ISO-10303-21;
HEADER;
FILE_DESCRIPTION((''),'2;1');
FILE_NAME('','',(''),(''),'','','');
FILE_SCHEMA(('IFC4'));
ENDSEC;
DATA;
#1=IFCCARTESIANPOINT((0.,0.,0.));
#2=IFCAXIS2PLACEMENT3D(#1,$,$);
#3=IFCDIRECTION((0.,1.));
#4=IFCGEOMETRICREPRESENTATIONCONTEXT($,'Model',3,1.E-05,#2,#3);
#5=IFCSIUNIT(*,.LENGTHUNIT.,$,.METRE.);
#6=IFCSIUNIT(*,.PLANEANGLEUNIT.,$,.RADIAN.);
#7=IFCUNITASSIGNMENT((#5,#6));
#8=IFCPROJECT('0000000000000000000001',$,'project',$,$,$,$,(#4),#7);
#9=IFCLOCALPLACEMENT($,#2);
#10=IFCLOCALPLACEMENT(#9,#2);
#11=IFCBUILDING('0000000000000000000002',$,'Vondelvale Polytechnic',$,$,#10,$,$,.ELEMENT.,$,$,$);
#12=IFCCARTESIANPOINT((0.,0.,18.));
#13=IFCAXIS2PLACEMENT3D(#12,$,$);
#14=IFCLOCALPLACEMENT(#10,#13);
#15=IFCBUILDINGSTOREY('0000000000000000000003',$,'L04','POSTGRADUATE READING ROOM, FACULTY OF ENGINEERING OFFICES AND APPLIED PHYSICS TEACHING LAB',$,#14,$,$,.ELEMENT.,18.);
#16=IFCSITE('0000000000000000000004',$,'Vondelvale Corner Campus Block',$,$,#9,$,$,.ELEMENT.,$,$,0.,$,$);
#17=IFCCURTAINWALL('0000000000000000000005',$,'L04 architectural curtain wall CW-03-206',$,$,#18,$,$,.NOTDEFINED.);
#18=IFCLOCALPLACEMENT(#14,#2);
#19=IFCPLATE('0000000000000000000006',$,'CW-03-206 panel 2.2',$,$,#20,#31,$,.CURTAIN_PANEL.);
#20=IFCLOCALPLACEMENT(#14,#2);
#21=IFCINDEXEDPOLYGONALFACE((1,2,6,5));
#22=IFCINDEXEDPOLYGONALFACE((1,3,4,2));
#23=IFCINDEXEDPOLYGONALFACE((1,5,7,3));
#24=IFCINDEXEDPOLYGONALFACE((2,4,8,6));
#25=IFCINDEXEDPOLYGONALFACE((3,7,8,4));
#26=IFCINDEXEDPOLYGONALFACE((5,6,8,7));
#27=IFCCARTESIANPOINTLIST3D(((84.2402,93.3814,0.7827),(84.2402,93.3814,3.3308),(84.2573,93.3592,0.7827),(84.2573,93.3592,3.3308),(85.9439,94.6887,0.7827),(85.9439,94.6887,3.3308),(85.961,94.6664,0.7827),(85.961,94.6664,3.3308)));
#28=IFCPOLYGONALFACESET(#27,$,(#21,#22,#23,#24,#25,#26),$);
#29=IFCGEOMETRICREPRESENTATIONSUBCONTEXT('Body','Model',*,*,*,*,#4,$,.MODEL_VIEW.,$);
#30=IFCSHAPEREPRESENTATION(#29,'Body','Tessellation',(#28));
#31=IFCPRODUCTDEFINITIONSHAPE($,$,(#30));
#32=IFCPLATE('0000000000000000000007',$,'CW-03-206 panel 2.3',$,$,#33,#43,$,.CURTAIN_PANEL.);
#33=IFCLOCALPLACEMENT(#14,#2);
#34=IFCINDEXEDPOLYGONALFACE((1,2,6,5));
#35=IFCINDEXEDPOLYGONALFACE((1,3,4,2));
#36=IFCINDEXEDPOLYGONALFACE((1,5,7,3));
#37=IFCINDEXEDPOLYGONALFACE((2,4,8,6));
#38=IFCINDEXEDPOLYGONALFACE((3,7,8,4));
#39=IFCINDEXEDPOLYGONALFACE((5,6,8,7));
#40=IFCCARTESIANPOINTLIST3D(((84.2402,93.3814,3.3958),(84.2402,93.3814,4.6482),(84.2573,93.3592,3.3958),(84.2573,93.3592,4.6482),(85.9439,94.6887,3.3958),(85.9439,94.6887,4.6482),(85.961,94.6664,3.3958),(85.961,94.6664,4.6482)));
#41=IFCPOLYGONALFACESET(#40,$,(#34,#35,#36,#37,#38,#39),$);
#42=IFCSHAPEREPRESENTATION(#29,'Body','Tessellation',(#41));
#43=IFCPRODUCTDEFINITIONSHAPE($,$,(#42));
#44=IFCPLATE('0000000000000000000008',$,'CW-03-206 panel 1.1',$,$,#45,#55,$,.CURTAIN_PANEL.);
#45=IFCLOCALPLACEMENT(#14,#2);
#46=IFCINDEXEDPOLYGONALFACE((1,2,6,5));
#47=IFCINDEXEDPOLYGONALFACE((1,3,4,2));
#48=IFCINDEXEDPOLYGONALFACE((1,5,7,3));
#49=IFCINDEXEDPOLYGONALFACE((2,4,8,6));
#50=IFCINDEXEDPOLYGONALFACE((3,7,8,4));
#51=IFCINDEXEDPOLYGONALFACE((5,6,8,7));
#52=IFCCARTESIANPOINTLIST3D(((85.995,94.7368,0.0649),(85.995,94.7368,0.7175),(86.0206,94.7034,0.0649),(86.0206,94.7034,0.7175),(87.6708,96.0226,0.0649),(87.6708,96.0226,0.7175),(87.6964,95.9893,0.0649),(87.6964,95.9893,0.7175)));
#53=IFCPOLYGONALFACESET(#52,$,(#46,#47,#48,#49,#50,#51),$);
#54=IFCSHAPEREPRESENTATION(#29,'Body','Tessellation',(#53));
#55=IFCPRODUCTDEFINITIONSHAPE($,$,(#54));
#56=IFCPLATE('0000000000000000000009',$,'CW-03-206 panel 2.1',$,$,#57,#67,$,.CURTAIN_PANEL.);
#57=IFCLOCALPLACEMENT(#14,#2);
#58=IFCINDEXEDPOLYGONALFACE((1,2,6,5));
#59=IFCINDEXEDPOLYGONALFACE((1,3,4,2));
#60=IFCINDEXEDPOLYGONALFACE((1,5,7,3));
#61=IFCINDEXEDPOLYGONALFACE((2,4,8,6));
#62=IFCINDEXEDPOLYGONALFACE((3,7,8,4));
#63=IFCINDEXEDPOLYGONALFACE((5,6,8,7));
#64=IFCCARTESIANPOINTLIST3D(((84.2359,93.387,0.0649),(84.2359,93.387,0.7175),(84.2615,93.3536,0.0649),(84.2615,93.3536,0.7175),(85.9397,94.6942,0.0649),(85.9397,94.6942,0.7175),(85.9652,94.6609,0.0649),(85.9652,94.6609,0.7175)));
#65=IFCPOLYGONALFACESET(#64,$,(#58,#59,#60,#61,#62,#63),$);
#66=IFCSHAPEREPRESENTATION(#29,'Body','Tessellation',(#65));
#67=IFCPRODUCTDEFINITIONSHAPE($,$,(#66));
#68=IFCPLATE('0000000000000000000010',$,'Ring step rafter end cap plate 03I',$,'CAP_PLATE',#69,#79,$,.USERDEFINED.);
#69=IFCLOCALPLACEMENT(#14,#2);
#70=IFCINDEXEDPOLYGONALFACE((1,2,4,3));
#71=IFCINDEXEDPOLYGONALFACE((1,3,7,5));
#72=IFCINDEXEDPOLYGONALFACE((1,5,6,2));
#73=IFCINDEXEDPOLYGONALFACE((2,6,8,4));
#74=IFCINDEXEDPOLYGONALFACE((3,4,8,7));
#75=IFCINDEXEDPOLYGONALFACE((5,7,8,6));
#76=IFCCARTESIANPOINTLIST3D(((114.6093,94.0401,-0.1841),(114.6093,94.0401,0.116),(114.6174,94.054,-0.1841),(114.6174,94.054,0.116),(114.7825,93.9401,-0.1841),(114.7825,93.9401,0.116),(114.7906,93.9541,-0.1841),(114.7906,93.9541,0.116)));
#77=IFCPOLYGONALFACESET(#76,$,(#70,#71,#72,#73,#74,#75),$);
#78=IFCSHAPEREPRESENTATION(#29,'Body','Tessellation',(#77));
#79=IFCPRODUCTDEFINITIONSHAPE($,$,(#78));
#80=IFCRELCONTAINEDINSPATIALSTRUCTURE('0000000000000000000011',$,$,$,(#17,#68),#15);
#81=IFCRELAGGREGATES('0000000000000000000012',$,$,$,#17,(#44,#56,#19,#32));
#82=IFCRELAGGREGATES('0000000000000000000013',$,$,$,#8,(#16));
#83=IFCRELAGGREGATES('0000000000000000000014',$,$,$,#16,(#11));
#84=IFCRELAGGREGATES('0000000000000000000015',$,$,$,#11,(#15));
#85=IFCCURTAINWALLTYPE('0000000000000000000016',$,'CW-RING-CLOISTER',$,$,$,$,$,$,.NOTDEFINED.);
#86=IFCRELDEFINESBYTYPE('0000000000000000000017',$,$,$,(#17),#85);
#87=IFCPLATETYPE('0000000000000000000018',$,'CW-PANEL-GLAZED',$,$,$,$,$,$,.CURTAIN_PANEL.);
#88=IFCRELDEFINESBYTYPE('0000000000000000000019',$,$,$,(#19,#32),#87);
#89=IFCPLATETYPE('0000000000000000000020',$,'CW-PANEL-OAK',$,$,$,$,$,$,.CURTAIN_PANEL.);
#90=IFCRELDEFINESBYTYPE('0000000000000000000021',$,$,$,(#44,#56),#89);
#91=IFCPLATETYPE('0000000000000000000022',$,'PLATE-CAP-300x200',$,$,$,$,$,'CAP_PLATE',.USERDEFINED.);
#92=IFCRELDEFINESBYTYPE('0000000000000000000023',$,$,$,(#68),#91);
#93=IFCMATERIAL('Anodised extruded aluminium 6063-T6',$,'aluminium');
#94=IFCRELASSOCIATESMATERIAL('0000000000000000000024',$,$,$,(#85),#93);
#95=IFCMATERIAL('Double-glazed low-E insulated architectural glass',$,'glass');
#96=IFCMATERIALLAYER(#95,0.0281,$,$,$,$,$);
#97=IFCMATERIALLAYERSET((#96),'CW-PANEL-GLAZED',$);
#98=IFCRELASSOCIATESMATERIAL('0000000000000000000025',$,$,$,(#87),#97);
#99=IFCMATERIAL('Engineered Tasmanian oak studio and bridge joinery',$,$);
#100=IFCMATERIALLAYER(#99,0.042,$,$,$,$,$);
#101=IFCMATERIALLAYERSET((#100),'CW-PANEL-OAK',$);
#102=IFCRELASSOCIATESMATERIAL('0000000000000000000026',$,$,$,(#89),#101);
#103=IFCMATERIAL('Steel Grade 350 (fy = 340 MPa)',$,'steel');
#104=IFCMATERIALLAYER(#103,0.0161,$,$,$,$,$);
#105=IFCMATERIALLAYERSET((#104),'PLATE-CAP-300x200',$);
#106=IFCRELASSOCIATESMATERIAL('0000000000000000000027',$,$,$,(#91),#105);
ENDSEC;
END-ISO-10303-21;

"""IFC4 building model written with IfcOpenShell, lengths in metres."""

from ifc_helpers import new_model, si_unit, direction, frame, origin, origin_2d, place, context, subcontext, project, spatial, rectangle, extrude, material, layer, layer_set, type_object, element, aggregate, save


model = new_model("IFC4")

# Units and contexts
model_context = context("Model", 3, precision=1e-05, world=origin(), true_north=direction((0.0, 1.0)))
body_context = subcontext(model_context, "Body", "Model", "MODEL_VIEW")
ifc_project = project(units=[si_unit("LENGTHUNIT", "METRE"), si_unit("PLANEANGLEUNIT", "RADIAN")], contexts=[model_context])

# Site, building, storey
site_placement = place(None, origin())
site = spatial("IfcSite", under=ifc_project, at=site_placement, Name="Vondelvale Corner Campus Block", CompositionType="ELEMENT", RefElevation=0.0)
building_placement = place(site_placement, origin())
building = spatial("IfcBuilding", under=site, at=building_placement, Name="Vondelvale Polytechnic", CompositionType="ELEMENT")
storey_placement = place(building_placement, frame((0.0, 0.0, 18.0)))
storey = spatial("IfcBuildingStorey", under=building, at=storey_placement, Name="L04", Description="POSTGRADUATE READING ROOM, FACULTY OF ENGINEERING OFFICES AND APPLIED PHYSICS TEACHING LAB", CompositionType="ELEMENT", Elevation=18.0)

# Curtain wall
ifc_material_1 = material(Name="Anodised extruded aluminium 6063-T6", Category="aluminium")
curtain_wall_type = type_object("IfcCurtainWallType", Name="CW-RING-CLOISTER", PredefinedType="NOTDEFINED", material=ifc_material_1)
curtain_wall_placement = place(storey_placement, origin())
curtain_wall = element("IfcCurtainWall", 1, at=curtain_wall_placement, inside=storey, type_object=curtain_wall_type, Name="L04 architectural curtain wall CW-03-206", PredefinedType="NOTDEFINED")

# Plates
ifc_material_2 = material(Name="Double-glazed low-E insulated architectural glass", Category="glass")
ifc_layer_1 = layer(ifc_material_2, 0.0281)
ifc_layer_set_1 = layer_set([ifc_layer_1], Name="CW-PANEL-GLAZED")
plate_type_1 = type_object("IfcPlateType", Name="CW-PANEL-GLAZED", PredefinedType="CURTAIN_PANEL", material=ifc_layer_set_1)
plate_1_placement = place(storey_placement, frame((85.1006, 94.0239, 0.7827), z_axis=(0.0, 0.0, 1.0), x_axis=(-0.793364, -0.608748, 0.0)))
plate_1 = element("IfcPlate", 2, at=plate_1_placement, type_object=plate_type_1, Name="CW-03-206 panel 2.2", PredefinedType="CURTAIN_PANEL", context=body_context, shape_type="SweptSolid", body=[
    extrude(rectangle(XDim=2.1475, YDim=0.0281, at=origin_2d()), origin(), (0.0, 0.0, 1.0), 2.5481),
])
plate_2_placement = place(storey_placement, frame((85.1006, 94.0239, 3.3958), z_axis=(0.0, 0.0, 1.0), x_axis=(-0.793364, -0.608748, 0.0)))
plate_2 = element("IfcPlate", 3, at=plate_2_placement, type_object=plate_type_1, Name="CW-03-206 panel 2.3", PredefinedType="CURTAIN_PANEL", context=body_context, shape_type="SweptSolid", body=[
    extrude(rectangle(XDim=2.1475, YDim=0.0281, at=origin_2d()), origin(), (0.0, 0.0, 1.0), 1.2524),
])
ifc_material_3 = material(Name="Engineered Tasmanian oak studio and bridge joinery")
ifc_layer_2 = layer(ifc_material_3, 0.042)
ifc_layer_set_2 = layer_set([ifc_layer_2], Name="CW-PANEL-OAK")
plate_type_2 = type_object("IfcPlateType", Name="CW-PANEL-OAK", PredefinedType="CURTAIN_PANEL", material=ifc_layer_set_2)
plate_3_placement = place(storey_placement, frame((86.8457, 95.363, 0.0649), z_axis=(0.0, 0.0, 1.0), x_axis=(-0.793364, -0.608748, 0.0)))
plate_3 = element("IfcPlate", 4, at=plate_3_placement, type_object=plate_type_2, Name="CW-03-206 panel 1.1", PredefinedType="CURTAIN_PANEL", context=body_context, shape_type="SweptSolid", body=[
    extrude(rectangle(XDim=2.1123, YDim=0.042, at=origin_2d()), origin(), (0.0, 0.0, 1.0), 0.6526),
])
plate_4_placement = place(storey_placement, frame((85.1006, 94.0239, 0.0649), z_axis=(0.0, 0.0, 1.0), x_axis=(-0.793364, -0.608748, 0.0)))
plate_4 = element("IfcPlate", 5, at=plate_4_placement, type_object=plate_type_2, Name="CW-03-206 panel 2.1", PredefinedType="CURTAIN_PANEL", context=body_context, shape_type="SweptSolid", body=[
    extrude(rectangle(XDim=2.1475, YDim=0.042, at=origin_2d()), origin(), (0.0, 0.0, 1.0), 0.6526),
])
aggregate(curtain_wall, [plate_3, plate_4, plate_1, plate_2])
ifc_material_4 = material(Name="Steel Grade 350 (fy = 340 MPa)", Category="steel")
ifc_layer_3 = layer(ifc_material_4, 0.0161)
ifc_layer_set_3 = layer_set([ifc_layer_3], Name="PLATE-CAP-300x200")
plate_type_3 = type_object("IfcPlateType", Name="PLATE-CAP-300x200", ElementType="CAP_PLATE", PredefinedType="USERDEFINED", material=ifc_layer_set_3)
plate_5_placement = place(storey_placement, frame((114.7, 93.9971, -0.1841), z_axis=(0.0, 0.0, 1.0), x_axis=(-0.5, -0.866025, 0.0)))
element("IfcPlate", 6, at=plate_5_placement, inside=storey, type_object=plate_type_3, Name="Ring step rafter end cap plate 03I", ObjectType="CAP_PLATE", PredefinedType="USERDEFINED", context=body_context, shape_type="SweptSolid", body=[
    extrude(rectangle(XDim=0.0161, YDim=0.2, at=origin_2d()), origin(), (0.0, 0.0, 1.0), 0.3),
])

save(model, "model.ifc")
